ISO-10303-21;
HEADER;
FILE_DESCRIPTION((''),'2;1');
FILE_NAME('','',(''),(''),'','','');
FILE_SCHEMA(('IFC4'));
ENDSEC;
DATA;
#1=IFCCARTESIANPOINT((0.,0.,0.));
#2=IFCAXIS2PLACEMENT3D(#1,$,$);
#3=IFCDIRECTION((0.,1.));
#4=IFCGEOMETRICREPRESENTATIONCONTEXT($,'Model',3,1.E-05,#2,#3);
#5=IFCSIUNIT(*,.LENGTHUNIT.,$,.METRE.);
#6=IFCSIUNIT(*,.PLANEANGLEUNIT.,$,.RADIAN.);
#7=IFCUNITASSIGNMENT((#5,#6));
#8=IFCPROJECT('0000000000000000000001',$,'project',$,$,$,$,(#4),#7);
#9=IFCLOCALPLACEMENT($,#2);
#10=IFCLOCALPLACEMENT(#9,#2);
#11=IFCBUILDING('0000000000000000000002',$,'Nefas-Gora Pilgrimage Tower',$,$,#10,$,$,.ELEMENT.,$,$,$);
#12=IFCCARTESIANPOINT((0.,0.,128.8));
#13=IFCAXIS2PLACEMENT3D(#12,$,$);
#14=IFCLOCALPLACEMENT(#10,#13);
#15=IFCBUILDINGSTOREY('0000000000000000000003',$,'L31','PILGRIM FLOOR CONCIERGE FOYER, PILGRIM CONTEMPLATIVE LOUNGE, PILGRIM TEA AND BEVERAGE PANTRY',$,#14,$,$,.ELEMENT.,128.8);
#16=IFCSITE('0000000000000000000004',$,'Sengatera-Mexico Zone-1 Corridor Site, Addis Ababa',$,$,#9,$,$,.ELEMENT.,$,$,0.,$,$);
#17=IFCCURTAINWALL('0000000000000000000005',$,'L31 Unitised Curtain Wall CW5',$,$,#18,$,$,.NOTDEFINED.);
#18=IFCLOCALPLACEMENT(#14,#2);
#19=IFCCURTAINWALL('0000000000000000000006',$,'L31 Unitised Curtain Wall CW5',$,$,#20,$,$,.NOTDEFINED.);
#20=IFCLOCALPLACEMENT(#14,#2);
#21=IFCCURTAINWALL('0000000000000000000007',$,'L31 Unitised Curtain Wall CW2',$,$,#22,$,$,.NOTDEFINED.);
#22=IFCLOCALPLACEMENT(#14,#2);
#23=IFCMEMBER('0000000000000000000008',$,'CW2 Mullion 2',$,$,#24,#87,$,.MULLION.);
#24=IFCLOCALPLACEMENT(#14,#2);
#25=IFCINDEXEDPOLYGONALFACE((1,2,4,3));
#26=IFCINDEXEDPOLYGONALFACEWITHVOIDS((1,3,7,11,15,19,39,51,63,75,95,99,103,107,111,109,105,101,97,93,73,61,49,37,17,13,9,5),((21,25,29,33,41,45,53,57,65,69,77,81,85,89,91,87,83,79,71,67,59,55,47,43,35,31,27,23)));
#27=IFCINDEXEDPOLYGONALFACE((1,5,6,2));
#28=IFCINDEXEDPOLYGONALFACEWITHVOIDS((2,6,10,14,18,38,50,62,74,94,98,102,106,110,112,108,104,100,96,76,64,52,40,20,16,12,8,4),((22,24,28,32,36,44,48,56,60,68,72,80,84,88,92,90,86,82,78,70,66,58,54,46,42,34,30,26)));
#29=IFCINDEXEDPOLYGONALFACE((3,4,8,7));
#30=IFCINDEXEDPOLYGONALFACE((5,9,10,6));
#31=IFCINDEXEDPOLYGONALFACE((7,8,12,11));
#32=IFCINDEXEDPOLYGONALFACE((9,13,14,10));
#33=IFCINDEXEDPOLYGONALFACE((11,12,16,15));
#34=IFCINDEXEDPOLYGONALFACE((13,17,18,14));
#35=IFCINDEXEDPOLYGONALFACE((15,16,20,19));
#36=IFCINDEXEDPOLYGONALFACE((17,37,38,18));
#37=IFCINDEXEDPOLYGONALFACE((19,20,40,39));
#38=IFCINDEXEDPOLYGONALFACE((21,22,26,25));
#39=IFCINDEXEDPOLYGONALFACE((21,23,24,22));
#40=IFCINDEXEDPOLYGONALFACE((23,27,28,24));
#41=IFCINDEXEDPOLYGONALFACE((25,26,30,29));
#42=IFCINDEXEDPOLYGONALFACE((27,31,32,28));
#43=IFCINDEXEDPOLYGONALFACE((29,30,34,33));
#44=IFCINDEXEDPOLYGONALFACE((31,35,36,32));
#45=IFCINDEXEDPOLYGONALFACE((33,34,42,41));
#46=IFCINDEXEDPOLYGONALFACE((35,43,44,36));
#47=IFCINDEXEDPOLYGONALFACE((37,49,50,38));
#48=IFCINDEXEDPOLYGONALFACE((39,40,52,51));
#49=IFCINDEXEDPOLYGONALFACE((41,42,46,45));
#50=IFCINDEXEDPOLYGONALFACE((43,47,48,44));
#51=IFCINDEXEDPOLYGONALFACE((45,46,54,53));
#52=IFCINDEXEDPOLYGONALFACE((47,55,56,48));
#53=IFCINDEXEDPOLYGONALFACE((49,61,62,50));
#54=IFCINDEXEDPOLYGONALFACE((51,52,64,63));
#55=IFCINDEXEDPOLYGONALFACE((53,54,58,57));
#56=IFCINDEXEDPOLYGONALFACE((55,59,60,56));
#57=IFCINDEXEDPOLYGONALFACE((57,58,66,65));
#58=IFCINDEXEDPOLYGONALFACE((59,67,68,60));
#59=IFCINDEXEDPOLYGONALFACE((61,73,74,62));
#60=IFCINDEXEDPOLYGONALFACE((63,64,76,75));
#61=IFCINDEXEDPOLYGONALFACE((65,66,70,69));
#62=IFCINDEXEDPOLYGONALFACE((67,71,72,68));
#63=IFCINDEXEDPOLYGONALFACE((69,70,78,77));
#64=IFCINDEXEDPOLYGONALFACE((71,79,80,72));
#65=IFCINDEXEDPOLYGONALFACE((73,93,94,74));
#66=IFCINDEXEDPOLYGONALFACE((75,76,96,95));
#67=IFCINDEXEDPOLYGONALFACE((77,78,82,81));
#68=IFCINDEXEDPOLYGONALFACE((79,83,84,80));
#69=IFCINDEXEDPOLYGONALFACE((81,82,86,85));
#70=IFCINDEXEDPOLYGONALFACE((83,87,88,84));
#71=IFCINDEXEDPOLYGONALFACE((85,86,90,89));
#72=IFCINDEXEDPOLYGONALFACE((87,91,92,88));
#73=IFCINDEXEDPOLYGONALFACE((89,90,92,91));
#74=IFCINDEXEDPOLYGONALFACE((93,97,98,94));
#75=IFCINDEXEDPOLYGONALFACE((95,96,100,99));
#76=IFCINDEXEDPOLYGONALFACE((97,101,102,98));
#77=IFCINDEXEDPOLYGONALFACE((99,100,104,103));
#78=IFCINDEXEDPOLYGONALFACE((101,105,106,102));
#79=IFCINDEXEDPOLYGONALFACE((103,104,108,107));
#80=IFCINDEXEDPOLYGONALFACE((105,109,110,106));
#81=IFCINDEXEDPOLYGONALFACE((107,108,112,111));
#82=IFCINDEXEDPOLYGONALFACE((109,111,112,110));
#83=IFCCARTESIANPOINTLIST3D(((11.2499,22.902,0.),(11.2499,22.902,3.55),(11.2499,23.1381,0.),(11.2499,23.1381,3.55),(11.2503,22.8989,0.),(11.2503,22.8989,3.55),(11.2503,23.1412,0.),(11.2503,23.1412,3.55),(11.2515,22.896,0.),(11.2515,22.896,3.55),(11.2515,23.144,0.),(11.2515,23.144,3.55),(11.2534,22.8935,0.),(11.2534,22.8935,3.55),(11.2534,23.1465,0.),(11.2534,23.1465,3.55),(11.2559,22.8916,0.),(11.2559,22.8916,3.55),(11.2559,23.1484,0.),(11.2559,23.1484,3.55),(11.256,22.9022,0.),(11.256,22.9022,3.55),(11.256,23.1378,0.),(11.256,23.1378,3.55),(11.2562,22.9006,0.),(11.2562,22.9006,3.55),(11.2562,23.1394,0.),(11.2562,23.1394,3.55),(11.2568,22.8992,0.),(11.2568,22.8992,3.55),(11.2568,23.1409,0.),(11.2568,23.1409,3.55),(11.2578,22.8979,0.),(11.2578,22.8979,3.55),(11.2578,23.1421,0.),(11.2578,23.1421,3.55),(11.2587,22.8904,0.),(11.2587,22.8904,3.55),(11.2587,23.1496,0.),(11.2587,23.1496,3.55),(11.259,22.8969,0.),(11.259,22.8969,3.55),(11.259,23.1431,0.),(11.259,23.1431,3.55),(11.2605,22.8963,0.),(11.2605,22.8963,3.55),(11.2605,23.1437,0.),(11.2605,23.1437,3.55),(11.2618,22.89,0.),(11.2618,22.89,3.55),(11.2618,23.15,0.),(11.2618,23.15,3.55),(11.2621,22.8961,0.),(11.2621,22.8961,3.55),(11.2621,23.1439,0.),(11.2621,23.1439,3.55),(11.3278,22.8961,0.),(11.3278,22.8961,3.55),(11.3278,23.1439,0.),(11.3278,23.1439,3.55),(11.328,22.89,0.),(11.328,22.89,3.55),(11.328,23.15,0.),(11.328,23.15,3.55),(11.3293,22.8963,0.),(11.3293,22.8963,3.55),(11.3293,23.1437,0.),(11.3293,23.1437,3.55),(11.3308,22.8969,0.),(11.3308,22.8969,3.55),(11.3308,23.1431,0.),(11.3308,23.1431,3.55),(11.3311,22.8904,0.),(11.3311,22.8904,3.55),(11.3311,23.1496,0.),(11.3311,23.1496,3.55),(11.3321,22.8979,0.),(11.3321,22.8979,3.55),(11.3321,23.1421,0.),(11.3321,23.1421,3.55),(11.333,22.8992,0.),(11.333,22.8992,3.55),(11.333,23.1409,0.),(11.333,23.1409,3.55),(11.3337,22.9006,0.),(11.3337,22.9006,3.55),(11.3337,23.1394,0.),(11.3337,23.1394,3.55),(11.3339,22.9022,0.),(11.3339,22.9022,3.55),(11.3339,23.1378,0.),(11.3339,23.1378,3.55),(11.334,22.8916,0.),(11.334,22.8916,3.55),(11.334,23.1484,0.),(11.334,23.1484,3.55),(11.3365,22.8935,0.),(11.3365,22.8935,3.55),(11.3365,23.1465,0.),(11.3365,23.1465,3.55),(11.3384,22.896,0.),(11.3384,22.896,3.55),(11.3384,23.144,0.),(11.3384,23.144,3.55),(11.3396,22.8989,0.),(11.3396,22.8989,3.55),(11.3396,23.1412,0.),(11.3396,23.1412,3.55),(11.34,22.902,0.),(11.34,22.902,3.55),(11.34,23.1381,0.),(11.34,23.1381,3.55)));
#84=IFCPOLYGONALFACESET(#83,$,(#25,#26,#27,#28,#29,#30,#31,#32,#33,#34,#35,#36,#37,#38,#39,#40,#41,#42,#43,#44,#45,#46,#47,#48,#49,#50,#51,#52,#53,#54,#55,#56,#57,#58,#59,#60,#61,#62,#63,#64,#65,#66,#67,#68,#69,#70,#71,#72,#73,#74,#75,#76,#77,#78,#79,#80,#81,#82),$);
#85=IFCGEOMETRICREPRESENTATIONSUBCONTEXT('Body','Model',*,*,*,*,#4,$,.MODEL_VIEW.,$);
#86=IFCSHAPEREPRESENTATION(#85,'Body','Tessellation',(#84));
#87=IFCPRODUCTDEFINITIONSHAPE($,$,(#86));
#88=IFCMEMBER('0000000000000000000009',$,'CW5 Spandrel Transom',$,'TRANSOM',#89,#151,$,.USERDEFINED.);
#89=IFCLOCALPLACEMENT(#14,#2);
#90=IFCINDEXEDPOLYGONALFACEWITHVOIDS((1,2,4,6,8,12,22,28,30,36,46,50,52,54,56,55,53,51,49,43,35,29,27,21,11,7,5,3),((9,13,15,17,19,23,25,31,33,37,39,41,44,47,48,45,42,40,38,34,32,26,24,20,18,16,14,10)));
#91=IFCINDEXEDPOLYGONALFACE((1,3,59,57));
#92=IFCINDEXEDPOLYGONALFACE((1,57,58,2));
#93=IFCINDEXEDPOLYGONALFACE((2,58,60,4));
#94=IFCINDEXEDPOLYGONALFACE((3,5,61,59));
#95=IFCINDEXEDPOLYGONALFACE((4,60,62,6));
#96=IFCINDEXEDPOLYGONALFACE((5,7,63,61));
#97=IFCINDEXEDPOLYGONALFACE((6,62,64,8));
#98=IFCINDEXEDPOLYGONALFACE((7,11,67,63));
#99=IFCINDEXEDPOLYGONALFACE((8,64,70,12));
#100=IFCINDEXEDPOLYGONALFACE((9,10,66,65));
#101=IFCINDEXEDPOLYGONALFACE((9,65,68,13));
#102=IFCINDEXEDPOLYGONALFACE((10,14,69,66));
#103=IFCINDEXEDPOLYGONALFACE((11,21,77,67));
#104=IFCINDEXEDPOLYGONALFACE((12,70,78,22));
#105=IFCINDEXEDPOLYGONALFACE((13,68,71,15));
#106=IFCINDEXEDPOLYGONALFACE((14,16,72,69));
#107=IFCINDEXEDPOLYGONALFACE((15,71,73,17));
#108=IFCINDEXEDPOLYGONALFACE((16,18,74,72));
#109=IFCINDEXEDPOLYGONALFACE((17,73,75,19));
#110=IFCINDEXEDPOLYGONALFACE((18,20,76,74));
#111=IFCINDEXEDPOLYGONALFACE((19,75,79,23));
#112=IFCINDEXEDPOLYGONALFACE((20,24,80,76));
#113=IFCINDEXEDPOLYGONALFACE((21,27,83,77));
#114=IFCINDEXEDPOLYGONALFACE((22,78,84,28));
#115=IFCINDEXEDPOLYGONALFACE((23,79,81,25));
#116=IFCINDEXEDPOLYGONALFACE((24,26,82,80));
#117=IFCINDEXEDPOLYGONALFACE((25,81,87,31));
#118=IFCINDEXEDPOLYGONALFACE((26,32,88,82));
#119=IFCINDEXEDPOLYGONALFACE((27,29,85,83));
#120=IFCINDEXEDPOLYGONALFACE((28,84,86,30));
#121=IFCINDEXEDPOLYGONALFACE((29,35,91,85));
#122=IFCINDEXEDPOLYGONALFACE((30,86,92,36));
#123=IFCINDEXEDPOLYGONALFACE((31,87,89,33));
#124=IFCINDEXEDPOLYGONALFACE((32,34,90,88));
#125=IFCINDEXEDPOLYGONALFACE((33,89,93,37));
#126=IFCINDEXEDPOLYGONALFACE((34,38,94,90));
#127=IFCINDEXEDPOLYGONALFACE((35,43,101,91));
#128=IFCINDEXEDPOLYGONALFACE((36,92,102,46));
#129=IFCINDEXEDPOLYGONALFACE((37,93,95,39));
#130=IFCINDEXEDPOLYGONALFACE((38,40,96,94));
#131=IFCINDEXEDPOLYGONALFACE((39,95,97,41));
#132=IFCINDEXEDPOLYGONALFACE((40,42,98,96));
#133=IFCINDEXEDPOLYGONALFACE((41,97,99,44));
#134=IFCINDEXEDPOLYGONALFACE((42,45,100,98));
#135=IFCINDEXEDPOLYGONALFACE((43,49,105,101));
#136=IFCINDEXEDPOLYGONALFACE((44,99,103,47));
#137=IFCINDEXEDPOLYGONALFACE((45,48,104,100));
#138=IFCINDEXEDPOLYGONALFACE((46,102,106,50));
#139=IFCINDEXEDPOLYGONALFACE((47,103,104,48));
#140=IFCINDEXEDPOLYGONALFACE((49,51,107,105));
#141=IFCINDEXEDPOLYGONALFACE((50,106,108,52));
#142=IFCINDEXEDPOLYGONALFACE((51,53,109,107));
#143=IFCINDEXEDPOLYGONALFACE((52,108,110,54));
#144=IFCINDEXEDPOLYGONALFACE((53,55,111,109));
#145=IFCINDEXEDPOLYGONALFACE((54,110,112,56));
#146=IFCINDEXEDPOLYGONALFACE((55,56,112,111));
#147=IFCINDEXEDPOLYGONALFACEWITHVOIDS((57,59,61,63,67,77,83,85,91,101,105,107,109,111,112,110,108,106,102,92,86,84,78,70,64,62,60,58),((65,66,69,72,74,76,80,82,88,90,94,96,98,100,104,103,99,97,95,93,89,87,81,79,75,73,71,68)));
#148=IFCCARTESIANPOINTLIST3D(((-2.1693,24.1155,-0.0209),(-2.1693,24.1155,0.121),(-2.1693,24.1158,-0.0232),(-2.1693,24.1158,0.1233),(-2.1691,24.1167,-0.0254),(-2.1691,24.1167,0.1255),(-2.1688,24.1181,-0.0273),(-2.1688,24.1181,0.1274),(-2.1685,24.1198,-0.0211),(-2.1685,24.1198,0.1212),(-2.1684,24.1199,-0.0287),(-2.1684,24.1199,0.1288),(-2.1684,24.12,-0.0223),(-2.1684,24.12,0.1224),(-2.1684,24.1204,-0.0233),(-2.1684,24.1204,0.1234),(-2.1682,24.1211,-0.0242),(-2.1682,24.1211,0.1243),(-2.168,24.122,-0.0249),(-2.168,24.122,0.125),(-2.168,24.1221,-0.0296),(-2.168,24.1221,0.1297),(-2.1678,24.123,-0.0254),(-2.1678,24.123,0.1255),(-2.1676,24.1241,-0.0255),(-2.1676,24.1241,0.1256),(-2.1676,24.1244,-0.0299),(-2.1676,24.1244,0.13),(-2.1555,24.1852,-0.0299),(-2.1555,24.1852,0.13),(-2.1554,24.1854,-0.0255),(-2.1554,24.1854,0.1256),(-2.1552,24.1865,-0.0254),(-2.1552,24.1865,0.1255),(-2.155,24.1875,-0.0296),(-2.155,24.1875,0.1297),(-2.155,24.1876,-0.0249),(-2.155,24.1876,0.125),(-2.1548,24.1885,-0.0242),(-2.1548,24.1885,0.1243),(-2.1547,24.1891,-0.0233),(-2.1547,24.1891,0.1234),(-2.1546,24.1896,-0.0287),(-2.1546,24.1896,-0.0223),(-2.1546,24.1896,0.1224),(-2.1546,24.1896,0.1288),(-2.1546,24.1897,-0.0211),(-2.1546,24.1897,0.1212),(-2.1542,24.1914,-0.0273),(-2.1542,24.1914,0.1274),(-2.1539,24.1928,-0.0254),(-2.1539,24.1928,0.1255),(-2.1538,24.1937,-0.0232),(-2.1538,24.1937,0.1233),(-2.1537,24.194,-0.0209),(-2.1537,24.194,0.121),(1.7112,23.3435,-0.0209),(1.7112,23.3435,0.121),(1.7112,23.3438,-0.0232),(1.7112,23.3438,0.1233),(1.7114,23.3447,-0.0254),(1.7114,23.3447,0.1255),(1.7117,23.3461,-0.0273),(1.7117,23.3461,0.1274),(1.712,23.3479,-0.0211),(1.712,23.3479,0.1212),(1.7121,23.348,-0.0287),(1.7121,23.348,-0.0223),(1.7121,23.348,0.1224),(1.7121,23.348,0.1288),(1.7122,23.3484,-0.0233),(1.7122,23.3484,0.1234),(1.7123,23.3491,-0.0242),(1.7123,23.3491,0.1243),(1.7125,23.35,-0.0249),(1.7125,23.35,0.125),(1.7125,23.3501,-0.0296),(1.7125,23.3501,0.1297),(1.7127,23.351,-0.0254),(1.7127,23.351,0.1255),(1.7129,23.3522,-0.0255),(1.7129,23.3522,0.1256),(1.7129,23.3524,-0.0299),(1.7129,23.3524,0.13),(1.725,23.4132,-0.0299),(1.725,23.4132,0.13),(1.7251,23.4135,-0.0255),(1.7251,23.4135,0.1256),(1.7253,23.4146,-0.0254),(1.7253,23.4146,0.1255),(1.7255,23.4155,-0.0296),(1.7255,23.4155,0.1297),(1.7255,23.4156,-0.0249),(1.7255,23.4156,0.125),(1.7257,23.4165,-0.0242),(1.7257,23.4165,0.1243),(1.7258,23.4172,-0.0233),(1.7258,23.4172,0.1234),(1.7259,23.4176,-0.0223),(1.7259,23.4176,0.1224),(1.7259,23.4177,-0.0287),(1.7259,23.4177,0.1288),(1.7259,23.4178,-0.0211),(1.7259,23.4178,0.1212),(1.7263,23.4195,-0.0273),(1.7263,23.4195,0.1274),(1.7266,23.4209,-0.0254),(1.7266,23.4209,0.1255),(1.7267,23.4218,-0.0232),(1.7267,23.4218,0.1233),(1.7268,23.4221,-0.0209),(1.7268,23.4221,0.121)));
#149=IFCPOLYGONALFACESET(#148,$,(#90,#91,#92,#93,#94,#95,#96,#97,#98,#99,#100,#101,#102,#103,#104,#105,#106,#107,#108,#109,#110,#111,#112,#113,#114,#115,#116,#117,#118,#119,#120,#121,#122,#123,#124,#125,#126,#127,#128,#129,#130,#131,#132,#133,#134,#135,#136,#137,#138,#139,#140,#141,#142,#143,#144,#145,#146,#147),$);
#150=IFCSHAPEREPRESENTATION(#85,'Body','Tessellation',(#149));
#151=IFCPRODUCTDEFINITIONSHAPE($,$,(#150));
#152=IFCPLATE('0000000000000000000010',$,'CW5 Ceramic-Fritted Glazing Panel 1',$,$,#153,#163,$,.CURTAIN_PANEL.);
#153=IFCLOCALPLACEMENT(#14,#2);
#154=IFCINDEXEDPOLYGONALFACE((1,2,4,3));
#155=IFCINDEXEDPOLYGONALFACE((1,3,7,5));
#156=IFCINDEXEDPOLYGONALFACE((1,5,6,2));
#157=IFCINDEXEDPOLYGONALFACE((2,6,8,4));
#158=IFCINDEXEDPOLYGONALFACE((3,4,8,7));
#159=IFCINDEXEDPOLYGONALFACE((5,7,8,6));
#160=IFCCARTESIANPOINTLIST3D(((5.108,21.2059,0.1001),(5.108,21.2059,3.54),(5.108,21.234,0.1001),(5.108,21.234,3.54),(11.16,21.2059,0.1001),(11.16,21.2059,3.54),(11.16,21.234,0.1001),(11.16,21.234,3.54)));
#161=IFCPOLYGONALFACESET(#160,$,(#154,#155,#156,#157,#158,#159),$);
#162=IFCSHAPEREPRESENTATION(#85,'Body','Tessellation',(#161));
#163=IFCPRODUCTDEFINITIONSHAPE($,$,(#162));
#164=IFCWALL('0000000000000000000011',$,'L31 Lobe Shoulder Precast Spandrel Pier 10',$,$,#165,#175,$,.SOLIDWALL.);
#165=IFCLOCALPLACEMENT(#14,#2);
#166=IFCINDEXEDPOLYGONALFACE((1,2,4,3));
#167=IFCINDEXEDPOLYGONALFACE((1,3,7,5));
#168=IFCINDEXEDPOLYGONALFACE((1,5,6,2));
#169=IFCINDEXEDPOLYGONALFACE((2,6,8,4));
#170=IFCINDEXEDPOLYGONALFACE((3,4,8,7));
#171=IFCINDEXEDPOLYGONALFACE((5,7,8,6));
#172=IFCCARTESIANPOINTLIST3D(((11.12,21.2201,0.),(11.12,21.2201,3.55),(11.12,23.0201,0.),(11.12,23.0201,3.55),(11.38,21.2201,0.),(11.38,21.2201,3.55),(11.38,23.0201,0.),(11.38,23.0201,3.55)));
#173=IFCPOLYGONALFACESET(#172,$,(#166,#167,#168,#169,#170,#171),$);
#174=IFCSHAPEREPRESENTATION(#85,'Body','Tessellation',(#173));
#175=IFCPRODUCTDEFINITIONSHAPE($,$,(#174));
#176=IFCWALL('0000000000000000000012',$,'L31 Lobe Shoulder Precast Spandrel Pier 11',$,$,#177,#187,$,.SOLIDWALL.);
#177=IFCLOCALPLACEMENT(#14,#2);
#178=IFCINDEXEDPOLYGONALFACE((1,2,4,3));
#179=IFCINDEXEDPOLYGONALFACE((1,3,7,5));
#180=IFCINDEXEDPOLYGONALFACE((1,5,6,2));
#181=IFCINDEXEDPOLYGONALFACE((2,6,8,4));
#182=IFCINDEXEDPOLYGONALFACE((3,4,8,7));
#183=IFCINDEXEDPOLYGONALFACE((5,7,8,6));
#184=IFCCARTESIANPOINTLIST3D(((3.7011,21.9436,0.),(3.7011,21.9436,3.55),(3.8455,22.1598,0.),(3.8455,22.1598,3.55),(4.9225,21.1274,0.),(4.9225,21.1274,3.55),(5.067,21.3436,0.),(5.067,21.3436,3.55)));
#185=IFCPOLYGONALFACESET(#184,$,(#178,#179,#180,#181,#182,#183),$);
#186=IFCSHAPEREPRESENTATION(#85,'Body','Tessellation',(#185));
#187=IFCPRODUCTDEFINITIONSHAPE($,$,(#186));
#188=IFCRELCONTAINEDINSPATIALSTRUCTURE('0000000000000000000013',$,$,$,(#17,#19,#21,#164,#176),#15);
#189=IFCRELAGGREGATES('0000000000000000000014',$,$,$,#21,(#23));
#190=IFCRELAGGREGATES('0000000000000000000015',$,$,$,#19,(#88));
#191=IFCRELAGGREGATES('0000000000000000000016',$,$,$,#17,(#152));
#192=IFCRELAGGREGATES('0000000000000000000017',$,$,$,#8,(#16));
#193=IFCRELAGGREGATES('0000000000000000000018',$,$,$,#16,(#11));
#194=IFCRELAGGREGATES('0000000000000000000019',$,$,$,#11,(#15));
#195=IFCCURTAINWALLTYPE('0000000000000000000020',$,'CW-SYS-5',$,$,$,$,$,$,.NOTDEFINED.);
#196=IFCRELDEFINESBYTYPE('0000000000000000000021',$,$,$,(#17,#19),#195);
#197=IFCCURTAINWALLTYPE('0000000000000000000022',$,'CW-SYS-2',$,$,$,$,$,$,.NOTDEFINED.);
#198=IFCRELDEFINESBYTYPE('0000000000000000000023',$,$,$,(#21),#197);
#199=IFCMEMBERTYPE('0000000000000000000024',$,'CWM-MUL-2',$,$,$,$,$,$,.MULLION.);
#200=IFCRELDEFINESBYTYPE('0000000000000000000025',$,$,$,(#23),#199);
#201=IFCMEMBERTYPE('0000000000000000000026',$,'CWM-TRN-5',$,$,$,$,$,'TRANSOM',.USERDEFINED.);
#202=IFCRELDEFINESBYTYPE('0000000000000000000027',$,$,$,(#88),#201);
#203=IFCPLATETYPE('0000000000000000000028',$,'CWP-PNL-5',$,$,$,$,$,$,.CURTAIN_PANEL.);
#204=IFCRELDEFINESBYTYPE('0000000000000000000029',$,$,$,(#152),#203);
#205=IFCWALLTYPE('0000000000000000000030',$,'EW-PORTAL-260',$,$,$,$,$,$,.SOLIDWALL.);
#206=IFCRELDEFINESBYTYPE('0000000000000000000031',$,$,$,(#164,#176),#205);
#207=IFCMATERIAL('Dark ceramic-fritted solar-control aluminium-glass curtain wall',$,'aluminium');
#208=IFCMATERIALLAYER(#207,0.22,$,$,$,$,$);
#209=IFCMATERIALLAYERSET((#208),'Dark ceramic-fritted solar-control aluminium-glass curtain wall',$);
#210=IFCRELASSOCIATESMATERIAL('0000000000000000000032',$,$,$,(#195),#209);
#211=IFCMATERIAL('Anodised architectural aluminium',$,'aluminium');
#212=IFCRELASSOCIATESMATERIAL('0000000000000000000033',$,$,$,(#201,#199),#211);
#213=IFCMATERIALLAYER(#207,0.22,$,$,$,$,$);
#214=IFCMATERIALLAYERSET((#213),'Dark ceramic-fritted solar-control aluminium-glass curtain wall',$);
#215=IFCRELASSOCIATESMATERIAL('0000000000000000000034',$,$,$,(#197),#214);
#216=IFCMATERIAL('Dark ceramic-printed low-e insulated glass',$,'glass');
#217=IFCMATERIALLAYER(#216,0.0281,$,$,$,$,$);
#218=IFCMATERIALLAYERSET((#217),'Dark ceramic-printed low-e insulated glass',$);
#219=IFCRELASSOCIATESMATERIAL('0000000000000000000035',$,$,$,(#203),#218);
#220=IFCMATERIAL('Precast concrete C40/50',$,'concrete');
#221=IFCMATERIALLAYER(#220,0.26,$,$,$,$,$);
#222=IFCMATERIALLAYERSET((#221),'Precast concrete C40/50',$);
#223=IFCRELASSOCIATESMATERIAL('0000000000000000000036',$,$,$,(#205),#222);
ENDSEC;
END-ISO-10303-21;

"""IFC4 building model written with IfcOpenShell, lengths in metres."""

from ifc_helpers import new_model, si_unit, direction, frame, frame_2d, origin, origin_2d, place, context, subcontext, project, spatial, rectangle, hollow_rectangle, extrude, source, transform, mapped, material, layer, layer_set, material_profile, profile_set, type_object, element, aggregate, save


model = new_model("IFC4")

# Units and contexts
model_context = context("Model", 3, precision=1e-05, world=origin(), true_north=direction((0.0, 1.0)))
body_context = subcontext(model_context, "Body", "Model", "MODEL_VIEW")
ifc_project = project(units=[si_unit("LENGTHUNIT", "METRE"), si_unit("PLANEANGLEUNIT", "RADIAN")], contexts=[model_context])

# Site, building, storey
site_placement = place(None, origin())
site = spatial("IfcSite", under=ifc_project, at=site_placement, Name="Sengatera-Mexico Zone-1 Corridor Site, Addis Ababa", CompositionType="ELEMENT", RefElevation=0.0)
building_placement = place(site_placement, origin())
building = spatial("IfcBuilding", under=site, at=building_placement, Name="Nefas-Gora Pilgrimage Tower", CompositionType="ELEMENT")
storey_placement = place(building_placement, frame((0.0, 0.0, 128.8)))
storey = spatial("IfcBuildingStorey", under=building, at=storey_placement, Name="L31", Description="PILGRIM FLOOR CONCIERGE FOYER, PILGRIM CONTEMPLATIVE LOUNGE, PILGRIM TEA AND BEVERAGE PANTRY", CompositionType="ELEMENT", Elevation=128.8)

# Curtain wall
ifc_material_1 = material(Name="Dark ceramic-fritted solar-control aluminium-glass curtain wall", Category="aluminium")
ifc_layer_1 = layer(ifc_material_1, 0.22)
ifc_layer_set_1 = layer_set([ifc_layer_1], Name="Dark ceramic-fritted solar-control aluminium-glass curtain wall")
curtain_wall_type_1 = type_object("IfcCurtainWallType", Name="CW-SYS-5", PredefinedType="NOTDEFINED", material=ifc_layer_set_1)
curtain_wall_1_placement = place(storey_placement, origin())
curtain_wall_1 = element("IfcCurtainWall", 1, at=curtain_wall_1_placement, inside=storey, type_object=curtain_wall_type_1, Name="L31 Unitised Curtain Wall CW5", PredefinedType="NOTDEFINED")
ifc_material_2 = material(Name="Anodised architectural aluminium", Category="aluminium")

# Curtain wall
curtain_wall_2_placement = place(storey_placement, origin())
curtain_wall_2 = element("IfcCurtainWall", 2, at=curtain_wall_2_placement, inside=storey, type_object=curtain_wall_type_1, Name="L31 Unitised Curtain Wall CW5", PredefinedType="NOTDEFINED")

# Shared definitions
ifc_material_profile_1 = material_profile(ifc_material_2, hollow_rectangle(XDim=0.0801, YDim=0.1599, WallThickness=0.0044, InnerFilletRadius=0.0044, OuterFilletRadius=0.009, at=origin_2d()), Name="ALU TRANSOM 80x160")
ifc_profile_set_1 = profile_set([ifc_material_profile_1], Name="Anodised architectural aluminium")
member_type_1 = type_object("IfcMemberType", Name="CWM-TRN-5", ElementType="TRANSOM", PredefinedType="USERDEFINED", material=ifc_profile_set_1)

# Curtain wall, member
ifc_layer_2 = layer(ifc_material_1, 0.22)
ifc_layer_set_2 = layer_set([ifc_layer_2], Name="Dark ceramic-fritted solar-control aluminium-glass curtain wall")
curtain_wall_type_2 = type_object("IfcCurtainWallType", Name="CW-SYS-2", PredefinedType="NOTDEFINED", material=ifc_layer_set_2)
curtain_wall_3_placement = place(storey_placement, origin())
curtain_wall_3 = element("IfcCurtainWall", 3, at=curtain_wall_3_placement, inside=storey, type_object=curtain_wall_type_2, Name="L31 Unitised Curtain Wall CW2", PredefinedType="NOTDEFINED")
ifc_material_profile_2 = material_profile(ifc_material_2, hollow_rectangle(XDim=0.0901, YDim=0.26, WallThickness=0.0061, InnerFilletRadius=0.0061, OuterFilletRadius=0.012, at=origin_2d()), Name="ALU MULLION 90x260")
ifc_profile_set_2 = profile_set([ifc_material_profile_2], Name="Anodised architectural aluminium")
member_type_2 = type_object("IfcMemberType", Name="CWM-MUL-2", PredefinedType="MULLION", material=ifc_profile_set_2)
shared_shape_1 = source(origin(), body_context, "Body", "SweptSolid", [
    extrude(hollow_rectangle(XDim=0.0901, YDim=0.26, WallThickness=0.0061, InnerFilletRadius=0.0061, OuterFilletRadius=0.012, at=origin_2d()), origin(), (0.0, 0.0, 1.0), 3.55),
])
member_1_placement = place(storey_placement, frame((11.2949, 23.02, 0.0), z_axis=(0.0, 0.0, 1.0), x_axis=(-1.0, 0.0, 0.0)))
member_1 = element("IfcMember", 4, at=member_1_placement, type_object=member_type_2, Name="CW2 Mullion 2", PredefinedType="MULLION", context=body_context, shape_type="MappedRepresentation", body=[
    mapped(shared_shape_1, transform((0.0, 0.0, 0.0), x_axis=(1.0, 0.0, 0.0), y_axis=(0.0, 1.0, 0.0), z_axis=(0.0, 0.0, 1.0), scale=1.0)),
])
aggregate(curtain_wall_3, [member_1])

# Member
shared_shape_2 = source(origin(), body_context, "Body", "SweptSolid", [
    extrude(hollow_rectangle(XDim=0.0801, YDim=0.1599, WallThickness=0.0044, InnerFilletRadius=0.0044, OuterFilletRadius=0.009, at=origin_2d()), origin(), (0.0, 0.0, 1.0), 3.9565),
])
member_2_placement = place(storey_placement, frame((1.719, 23.3828, 0.05), z_axis=(-0.980782, 0.195107, 0.0), x_axis=(-0.195107, -0.980782, 0.0)))
member_2 = element("IfcMember", 5, at=member_2_placement, type_object=member_type_1, Name="CW5 Spandrel Transom", ObjectType="TRANSOM", PredefinedType="USERDEFINED", context=body_context, shape_type="MappedRepresentation", body=[
    mapped(shared_shape_2, transform((0.0, 0.0, 0.0), x_axis=(1.0, 0.0, 0.0), y_axis=(0.0, 1.0, 0.0), z_axis=(0.0, 0.0, 1.0), scale=1.0)),
])
aggregate(curtain_wall_2, [member_2])

# Plate
ifc_material_3 = material(Name="Dark ceramic-printed low-e insulated glass", Category="glass")
ifc_layer_3 = layer(ifc_material_3, 0.0281)
ifc_layer_set_3 = layer_set([ifc_layer_3], Name="Dark ceramic-printed low-e insulated glass")
plate_type = type_object("IfcPlateType", Name="CWP-PNL-5", PredefinedType="CURTAIN_PANEL", material=ifc_layer_set_3)
shared_shape_3 = source(origin(), body_context, "Body", "SweptSolid", [
    extrude(rectangle(XDim=6.052, YDim=0.0281, at=origin_2d()), origin(), (0.0, 0.0, 1.0), 3.4399),
])
plate_placement = place(storey_placement, frame((8.134, 21.22, 0.1001), z_axis=(0.0, 0.0, 1.0), x_axis=(-1.0, 0.0, 0.0)))
plate = element("IfcPlate", 6, at=plate_placement, type_object=plate_type, Name="CW5 Ceramic-Fritted Glazing Panel 1", PredefinedType="CURTAIN_PANEL", context=body_context, shape_type="MappedRepresentation", body=[
    mapped(shared_shape_3, transform((0.0, 0.0, 0.0), x_axis=(1.0, 0.0, 0.0), y_axis=(0.0, 1.0, 0.0), z_axis=(0.0, 0.0, 1.0), scale=1.0)),
])
aggregate(curtain_wall_1, [plate])

# Walls
ifc_material_4 = material(Name="Precast concrete C40/50", Category="concrete")
ifc_layer_4 = layer(ifc_material_4, 0.26)
ifc_layer_set_4 = layer_set([ifc_layer_4], Name="Precast concrete C40/50")
wall_type_1 = type_object("IfcWallType", Name="EW-PORTAL-260", PredefinedType="SOLIDWALL", material=ifc_layer_set_4)
shared_shape_4 = source(origin(), body_context, "Body", "SweptSolid", [
    extrude(rectangle(XDim=1.8, YDim=0.26, at=frame_2d((0.8999, 0.0))), origin(), (0.0, 0.0, 1.0), 3.55),
])
wall_1_placement = place(storey_placement, frame((11.25, 23.02, 0.0), z_axis=(0.0, 0.0, 1.0), x_axis=(0.0, -1.0, 0.0)))
element("IfcWall", 7, at=wall_1_placement, inside=storey, type_object=wall_type_1, Name="L31 Lobe Shoulder Precast Spandrel Pier 10", PredefinedType="SOLIDWALL", context=body_context, shape_type="MappedRepresentation", body=[
    mapped(shared_shape_4, transform((0.0, 0.0, 0.0), x_axis=(1.0, 0.0, 0.0), y_axis=(0.0, 1.0, 0.0), z_axis=(0.0, 0.0, 1.0), scale=1.0)),
])
shared_shape_5 = source(origin(), body_context, "Body", "SweptSolid", [
    extrude(rectangle(XDim=1.469, YDim=0.26, at=frame_2d((0.7344, 0.0))), origin(), (0.0, 0.0, 1.0), 3.55),
])
wall_2_placement = place(storey_placement, frame((4.9946, 21.2356, 0.0), z_axis=(0.0, 0.0, 1.0), x_axis=(-0.831462, 0.555582, 0.0)))
element("IfcWall", 8, at=wall_2_placement, inside=storey, type_object=wall_type_1, Name="L31 Lobe Shoulder Precast Spandrel Pier 11", PredefinedType="SOLIDWALL", context=body_context, shape_type="MappedRepresentation", body=[
    mapped(shared_shape_5, transform((0.0, 0.0, 0.0), x_axis=(1.0, 0.0, 0.0), y_axis=(0.0, 1.0, 0.0), z_axis=(0.0, 0.0, 1.0), scale=1.0)),
])

save(model, "model.ifc")
